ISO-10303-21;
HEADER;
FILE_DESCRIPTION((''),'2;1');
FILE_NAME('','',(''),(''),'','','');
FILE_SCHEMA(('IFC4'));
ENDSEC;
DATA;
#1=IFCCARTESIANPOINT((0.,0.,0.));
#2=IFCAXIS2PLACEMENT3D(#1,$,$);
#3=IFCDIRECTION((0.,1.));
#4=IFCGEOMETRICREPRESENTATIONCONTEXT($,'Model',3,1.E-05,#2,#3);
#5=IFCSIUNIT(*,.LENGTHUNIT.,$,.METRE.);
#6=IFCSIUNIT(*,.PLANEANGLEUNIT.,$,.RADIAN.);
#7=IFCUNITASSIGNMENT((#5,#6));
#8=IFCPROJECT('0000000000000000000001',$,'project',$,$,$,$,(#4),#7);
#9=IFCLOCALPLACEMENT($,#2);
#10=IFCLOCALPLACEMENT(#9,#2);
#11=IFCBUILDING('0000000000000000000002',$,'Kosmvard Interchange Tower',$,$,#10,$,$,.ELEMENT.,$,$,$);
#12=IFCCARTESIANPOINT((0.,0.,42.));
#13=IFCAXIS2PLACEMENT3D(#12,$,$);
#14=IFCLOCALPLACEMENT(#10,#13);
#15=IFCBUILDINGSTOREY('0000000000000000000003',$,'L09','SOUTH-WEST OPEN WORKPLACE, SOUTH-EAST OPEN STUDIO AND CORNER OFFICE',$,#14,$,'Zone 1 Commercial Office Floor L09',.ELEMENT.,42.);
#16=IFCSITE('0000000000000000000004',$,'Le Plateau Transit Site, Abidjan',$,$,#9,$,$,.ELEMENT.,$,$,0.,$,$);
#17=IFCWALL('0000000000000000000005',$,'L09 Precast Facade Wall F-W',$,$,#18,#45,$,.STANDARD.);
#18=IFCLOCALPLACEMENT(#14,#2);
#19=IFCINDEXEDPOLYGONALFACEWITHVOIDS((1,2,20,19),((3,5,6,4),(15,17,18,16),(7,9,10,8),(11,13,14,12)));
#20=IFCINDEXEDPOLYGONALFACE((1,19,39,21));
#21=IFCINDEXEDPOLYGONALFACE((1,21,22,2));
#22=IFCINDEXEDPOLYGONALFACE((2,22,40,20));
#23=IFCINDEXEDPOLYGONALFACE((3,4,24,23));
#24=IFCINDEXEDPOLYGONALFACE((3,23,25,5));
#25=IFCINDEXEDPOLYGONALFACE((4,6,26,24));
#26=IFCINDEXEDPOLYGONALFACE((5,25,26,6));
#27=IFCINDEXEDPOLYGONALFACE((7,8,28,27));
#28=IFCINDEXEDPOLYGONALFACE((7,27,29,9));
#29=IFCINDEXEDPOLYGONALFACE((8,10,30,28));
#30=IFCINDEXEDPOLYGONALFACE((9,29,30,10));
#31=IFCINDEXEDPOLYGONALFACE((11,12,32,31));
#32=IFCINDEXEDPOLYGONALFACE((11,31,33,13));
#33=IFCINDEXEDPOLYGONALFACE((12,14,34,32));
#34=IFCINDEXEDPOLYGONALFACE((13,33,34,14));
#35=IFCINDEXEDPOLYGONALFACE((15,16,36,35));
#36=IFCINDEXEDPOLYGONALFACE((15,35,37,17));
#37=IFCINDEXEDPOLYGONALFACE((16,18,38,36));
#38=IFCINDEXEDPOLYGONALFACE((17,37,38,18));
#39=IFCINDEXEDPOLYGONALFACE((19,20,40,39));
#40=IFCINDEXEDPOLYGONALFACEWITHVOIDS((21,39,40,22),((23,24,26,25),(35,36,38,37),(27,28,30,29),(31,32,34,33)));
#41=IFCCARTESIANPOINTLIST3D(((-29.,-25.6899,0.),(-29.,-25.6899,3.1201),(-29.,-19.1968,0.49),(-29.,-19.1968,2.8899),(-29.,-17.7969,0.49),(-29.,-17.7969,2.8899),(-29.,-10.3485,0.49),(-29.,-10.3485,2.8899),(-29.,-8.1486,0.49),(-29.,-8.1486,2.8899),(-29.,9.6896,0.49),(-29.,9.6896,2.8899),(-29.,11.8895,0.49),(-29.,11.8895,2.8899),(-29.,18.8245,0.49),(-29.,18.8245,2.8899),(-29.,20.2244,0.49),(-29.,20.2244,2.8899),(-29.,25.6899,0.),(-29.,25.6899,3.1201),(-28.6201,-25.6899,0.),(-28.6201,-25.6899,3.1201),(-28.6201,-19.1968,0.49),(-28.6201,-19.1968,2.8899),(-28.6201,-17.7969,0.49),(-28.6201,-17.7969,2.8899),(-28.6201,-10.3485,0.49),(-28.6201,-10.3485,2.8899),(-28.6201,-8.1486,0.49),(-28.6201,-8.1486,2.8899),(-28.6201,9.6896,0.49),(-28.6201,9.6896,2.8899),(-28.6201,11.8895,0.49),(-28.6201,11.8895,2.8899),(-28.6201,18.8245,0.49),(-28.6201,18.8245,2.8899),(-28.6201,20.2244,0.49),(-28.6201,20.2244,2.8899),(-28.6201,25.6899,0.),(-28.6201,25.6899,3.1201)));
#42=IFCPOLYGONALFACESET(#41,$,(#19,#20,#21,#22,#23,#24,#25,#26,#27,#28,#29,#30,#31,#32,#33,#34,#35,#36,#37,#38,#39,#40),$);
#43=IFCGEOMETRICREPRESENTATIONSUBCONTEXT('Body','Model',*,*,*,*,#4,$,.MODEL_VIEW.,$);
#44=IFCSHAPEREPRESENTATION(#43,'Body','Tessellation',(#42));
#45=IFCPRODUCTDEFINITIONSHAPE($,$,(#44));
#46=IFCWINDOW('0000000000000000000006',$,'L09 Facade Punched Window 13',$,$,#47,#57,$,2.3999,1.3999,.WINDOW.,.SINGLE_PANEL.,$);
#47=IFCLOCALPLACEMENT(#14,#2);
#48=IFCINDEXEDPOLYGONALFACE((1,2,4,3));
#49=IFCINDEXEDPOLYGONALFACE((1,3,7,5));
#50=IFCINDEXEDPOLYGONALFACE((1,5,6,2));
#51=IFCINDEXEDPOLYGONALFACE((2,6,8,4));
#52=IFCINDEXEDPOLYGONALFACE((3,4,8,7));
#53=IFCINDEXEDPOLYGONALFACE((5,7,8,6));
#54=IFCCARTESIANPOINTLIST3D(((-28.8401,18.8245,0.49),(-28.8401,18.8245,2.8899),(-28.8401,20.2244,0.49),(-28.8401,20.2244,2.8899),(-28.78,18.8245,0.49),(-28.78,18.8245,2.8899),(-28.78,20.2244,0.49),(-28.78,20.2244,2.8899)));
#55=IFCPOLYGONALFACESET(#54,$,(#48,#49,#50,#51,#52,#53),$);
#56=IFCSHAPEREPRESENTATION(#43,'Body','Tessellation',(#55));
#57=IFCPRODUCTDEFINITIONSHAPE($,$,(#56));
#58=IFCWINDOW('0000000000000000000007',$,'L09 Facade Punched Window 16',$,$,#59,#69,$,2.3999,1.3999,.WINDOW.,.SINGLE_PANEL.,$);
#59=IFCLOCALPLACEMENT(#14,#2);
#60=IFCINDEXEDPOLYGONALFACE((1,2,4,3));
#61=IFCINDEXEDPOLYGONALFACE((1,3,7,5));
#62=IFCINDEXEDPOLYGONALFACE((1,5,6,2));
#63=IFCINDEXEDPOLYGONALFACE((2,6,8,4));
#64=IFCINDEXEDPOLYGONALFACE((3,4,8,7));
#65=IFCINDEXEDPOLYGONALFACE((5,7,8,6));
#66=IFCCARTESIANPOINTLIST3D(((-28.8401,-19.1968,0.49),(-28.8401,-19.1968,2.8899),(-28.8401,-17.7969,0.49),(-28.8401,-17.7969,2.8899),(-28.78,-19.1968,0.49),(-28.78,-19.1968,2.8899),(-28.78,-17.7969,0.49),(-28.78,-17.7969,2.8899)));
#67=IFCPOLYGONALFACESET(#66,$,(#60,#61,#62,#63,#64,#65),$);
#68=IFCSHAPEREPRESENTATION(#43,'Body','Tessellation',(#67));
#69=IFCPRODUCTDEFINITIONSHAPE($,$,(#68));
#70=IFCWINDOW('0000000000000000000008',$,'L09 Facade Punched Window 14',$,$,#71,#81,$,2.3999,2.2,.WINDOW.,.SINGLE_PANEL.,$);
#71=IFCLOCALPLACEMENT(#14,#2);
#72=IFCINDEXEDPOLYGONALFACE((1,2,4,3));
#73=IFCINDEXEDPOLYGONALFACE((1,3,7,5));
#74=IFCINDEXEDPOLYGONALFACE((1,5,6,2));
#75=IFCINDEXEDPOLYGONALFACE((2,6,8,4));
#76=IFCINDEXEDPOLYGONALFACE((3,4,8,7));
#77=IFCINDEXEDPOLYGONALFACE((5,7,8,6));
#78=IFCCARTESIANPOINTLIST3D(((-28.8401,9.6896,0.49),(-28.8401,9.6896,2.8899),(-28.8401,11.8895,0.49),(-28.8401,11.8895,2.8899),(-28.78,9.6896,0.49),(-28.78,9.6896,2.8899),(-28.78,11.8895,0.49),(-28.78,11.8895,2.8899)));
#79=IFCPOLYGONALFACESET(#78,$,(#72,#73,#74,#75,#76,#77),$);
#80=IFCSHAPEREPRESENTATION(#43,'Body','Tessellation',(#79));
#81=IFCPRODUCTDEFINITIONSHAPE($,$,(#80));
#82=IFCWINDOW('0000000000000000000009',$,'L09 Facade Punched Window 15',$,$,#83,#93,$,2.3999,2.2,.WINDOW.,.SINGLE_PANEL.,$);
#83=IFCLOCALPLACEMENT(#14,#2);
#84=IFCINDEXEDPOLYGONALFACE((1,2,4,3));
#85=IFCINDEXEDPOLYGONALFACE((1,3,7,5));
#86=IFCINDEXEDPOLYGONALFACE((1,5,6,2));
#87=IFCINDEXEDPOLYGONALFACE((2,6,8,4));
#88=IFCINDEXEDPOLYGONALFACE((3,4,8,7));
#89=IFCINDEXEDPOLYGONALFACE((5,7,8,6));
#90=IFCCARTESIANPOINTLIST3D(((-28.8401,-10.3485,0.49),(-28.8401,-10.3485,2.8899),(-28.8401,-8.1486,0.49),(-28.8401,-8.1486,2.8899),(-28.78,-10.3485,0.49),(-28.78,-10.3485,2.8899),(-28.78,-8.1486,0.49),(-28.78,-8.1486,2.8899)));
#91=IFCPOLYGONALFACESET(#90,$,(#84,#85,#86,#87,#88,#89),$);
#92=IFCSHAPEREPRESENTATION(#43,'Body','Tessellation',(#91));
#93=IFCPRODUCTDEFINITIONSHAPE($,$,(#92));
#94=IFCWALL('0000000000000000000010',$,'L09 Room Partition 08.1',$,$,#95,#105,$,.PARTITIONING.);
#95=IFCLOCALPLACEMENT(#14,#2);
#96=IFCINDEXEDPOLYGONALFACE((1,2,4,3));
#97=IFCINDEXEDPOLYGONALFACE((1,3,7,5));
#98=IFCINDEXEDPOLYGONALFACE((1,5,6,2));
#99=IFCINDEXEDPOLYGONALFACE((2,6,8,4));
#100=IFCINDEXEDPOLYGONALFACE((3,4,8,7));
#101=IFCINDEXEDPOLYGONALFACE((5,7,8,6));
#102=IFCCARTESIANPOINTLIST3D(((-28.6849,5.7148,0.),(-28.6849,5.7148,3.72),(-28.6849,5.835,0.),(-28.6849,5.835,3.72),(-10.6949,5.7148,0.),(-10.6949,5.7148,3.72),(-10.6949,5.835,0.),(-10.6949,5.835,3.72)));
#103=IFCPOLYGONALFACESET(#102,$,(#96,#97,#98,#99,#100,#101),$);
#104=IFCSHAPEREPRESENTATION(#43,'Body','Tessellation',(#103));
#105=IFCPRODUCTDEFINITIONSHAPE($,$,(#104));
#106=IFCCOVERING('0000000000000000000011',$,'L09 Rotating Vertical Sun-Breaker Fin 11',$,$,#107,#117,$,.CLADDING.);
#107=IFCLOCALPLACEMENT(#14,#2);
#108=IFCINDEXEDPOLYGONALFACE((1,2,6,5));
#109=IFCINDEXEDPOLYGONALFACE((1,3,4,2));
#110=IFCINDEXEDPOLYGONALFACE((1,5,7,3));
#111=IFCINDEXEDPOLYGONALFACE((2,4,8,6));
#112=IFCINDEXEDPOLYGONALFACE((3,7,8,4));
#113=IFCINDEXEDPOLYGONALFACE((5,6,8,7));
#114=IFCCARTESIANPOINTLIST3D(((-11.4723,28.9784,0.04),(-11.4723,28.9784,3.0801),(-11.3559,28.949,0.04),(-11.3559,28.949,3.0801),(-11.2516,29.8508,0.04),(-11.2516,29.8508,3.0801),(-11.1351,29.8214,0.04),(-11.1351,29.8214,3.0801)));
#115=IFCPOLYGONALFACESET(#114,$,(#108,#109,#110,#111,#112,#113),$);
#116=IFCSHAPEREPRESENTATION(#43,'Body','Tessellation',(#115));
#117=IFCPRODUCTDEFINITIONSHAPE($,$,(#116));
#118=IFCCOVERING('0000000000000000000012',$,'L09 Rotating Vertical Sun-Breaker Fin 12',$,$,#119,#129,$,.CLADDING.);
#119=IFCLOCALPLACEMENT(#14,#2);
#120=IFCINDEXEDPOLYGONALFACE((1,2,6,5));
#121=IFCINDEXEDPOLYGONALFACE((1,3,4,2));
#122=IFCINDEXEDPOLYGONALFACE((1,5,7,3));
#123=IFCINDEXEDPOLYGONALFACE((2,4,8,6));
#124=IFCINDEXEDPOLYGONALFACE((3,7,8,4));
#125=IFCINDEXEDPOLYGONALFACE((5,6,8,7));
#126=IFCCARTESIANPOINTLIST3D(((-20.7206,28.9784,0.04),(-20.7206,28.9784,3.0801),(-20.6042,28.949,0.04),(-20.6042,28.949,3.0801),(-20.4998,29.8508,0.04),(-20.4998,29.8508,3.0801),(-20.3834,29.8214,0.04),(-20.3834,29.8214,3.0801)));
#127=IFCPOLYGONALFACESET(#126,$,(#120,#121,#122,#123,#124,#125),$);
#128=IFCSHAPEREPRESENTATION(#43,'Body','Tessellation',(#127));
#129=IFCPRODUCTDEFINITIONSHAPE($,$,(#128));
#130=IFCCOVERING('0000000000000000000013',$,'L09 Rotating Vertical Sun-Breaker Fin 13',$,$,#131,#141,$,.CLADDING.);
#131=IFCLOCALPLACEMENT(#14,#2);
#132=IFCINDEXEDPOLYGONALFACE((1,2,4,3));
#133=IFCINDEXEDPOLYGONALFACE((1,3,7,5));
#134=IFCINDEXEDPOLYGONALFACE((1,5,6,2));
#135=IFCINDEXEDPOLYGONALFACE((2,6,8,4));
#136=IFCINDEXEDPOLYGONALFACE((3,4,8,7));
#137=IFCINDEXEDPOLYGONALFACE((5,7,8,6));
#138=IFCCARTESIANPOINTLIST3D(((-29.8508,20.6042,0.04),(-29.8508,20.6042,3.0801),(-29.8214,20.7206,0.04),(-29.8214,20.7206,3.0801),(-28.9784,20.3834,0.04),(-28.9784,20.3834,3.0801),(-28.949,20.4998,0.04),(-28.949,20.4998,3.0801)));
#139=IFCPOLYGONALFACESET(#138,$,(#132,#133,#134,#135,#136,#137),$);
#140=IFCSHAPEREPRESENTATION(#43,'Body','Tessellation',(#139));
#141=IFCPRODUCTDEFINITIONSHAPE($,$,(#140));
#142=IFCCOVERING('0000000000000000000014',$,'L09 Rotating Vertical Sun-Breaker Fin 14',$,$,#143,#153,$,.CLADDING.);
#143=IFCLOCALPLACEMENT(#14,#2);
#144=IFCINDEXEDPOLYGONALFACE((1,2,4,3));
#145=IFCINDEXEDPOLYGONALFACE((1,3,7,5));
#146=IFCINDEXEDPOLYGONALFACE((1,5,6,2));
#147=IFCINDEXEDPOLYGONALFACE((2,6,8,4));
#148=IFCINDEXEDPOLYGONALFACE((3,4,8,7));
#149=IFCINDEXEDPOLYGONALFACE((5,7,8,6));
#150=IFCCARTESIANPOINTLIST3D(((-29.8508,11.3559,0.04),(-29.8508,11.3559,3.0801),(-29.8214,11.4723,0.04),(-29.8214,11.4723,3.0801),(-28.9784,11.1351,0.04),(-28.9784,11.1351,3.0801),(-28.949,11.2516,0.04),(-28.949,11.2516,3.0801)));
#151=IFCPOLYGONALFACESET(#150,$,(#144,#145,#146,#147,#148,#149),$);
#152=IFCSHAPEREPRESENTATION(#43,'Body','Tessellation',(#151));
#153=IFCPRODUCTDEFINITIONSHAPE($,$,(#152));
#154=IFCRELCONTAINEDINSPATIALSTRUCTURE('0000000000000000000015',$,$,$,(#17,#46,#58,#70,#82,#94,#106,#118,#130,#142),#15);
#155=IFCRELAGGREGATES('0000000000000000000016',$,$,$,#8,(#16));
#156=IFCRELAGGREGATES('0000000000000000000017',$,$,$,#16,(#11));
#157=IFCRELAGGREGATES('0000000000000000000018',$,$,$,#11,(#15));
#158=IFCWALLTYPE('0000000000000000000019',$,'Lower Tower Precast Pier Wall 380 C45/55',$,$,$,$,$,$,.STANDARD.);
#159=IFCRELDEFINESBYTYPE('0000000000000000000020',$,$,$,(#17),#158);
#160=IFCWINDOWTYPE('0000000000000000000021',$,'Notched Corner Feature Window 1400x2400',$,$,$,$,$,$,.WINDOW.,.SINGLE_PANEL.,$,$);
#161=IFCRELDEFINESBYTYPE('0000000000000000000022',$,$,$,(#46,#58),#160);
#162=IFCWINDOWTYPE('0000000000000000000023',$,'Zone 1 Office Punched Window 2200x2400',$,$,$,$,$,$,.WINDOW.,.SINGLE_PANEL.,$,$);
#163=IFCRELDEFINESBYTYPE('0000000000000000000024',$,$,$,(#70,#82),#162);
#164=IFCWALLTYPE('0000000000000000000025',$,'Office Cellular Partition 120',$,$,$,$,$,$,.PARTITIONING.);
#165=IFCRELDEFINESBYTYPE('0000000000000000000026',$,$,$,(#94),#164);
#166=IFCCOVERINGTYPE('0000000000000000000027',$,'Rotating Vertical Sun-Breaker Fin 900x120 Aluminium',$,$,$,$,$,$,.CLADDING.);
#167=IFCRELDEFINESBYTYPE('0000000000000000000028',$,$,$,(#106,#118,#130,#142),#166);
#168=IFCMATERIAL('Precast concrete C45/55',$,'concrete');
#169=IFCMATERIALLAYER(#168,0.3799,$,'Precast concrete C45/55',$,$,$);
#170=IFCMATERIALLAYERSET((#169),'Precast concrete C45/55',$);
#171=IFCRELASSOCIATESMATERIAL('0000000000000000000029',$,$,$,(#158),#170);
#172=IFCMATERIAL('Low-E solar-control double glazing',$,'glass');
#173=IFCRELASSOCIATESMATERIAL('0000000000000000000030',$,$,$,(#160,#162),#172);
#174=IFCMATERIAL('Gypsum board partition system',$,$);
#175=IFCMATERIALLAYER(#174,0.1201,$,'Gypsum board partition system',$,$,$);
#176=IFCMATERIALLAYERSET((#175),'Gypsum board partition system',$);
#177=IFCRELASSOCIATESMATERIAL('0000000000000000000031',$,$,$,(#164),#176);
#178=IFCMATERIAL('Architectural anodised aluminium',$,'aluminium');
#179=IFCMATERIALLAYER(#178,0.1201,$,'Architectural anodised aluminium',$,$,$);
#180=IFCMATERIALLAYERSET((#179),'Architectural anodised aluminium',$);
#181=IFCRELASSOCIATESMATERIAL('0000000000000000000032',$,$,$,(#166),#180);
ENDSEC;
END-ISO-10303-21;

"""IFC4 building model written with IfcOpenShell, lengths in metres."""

from ifc_helpers import new_model, si_unit, direction, frame, frame_2d, origin, origin_2d, place, context, subcontext, project, spatial, rectangle, extrude, source, transform, mapped, material, layer, layer_set, type_object, element, fill, save


model = new_model("IFC4")

# Units and contexts
model_context = context("Model", 3, precision=1e-05, world=origin(), true_north=direction((0.0, 1.0)))
body_context = subcontext(model_context, "Body", "Model", "MODEL_VIEW")
ifc_project = project(units=[si_unit("LENGTHUNIT", "METRE"), si_unit("PLANEANGLEUNIT", "RADIAN")], contexts=[model_context])

# Site, building, storey
site_placement = place(None, origin())
site = spatial("IfcSite", under=ifc_project, at=site_placement, Name="Le Plateau Transit Site, Abidjan", CompositionType="ELEMENT", RefElevation=0.0)
building_placement = place(site_placement, origin())
building = spatial("IfcBuilding", under=site, at=building_placement, Name="Kosmvard Interchange Tower", CompositionType="ELEMENT")
storey_placement = place(building_placement, frame((0.0, 0.0, 42.0)))
storey = spatial("IfcBuildingStorey", under=building, at=storey_placement, Name="L09", Description="SOUTH-WEST OPEN WORKPLACE, SOUTH-EAST OPEN STUDIO AND CORNER OFFICE", LongName="Zone 1 Commercial Office Floor L09", CompositionType="ELEMENT", Elevation=42.0)

# Shared definitions
ifc_material_1 = material(Name="Precast concrete C45/55", Category="concrete")

# Shared definitions
ifc_layer_1 = layer(ifc_material_1, 0.3799, Name="Precast concrete C45/55")
ifc_layer_set_1 = layer_set([ifc_layer_1], Name="Precast concrete C45/55")
wall_type_1 = type_object("IfcWallType", Name="Lower Tower Precast Pier Wall 380 C45/55", PredefinedType="STANDARD", material=ifc_layer_set_1)

# Wall, openings, windows
wall_1_placement = place(storey_placement, frame((-28.8101, 25.6899, 0.0), z_axis=(0.0, 0.0, 1.0), x_axis=(0.0, -1.0, 0.0)))
wall_1 = element("IfcWall", 1, at=wall_1_placement, inside=storey, type_object=wall_type_1, Name="L09 Precast Facade Wall F-W", PredefinedType="STANDARD", context=body_context, shape_type="SweptSolid", body=[
    extrude(rectangle(XDim=51.3799, YDim=0.3799, at=frame_2d((25.6899, 0.0))), origin(), (0.0, 0.0, 1.0), 3.1201),
])
opening_1_placement = place(wall_1_placement, frame((5.4656, 0.0, 0.49)))
opening_1 = element("IfcOpeningElement", 2, at=opening_1_placement, cuts=wall_1, PredefinedType="OPENING", context=body_context, shape_type="SweptSolid", body=[
    extrude(rectangle(XDim=1.3999, YDim=2.3999, at=frame_2d((0.7, 1.2))), frame((0.0, 0.2, 0.0), z_axis=(0.0, -1.0, 0.0), x_axis=(1.0, 0.0, 0.0)), (0.0, 0.0, 1.0), 0.3999),
])
opening_2_placement = place(wall_1_placement, frame((13.8003, 0.0, 0.49)))
opening_2 = element("IfcOpeningElement", 3, at=opening_2_placement, cuts=wall_1, PredefinedType="OPENING", context=body_context, shape_type="SweptSolid", body=[
    extrude(rectangle(XDim=2.2, YDim=2.3999, at=frame_2d((1.1001, 1.2))), frame((0.0, 0.2, 0.0), z_axis=(0.0, -1.0, 0.0), x_axis=(1.0, 0.0, 0.0)), (0.0, 0.0, 1.0), 0.3999),
])
opening_3_placement = place(wall_1_placement, frame((33.8384, 0.0, 0.49)))
opening_3 = element("IfcOpeningElement", 4, at=opening_3_placement, cuts=wall_1, PredefinedType="OPENING", context=body_context, shape_type="SweptSolid", body=[
    extrude(rectangle(XDim=2.2, YDim=2.3999, at=frame_2d((1.1001, 1.2))), frame((0.0, 0.2, 0.0), z_axis=(0.0, -1.0, 0.0), x_axis=(1.0, 0.0, 0.0)), (0.0, 0.0, 1.0), 0.3999),
])
opening_4_placement = place(wall_1_placement, frame((43.4868, 0.0, 0.49)))
opening_4 = element("IfcOpeningElement", 5, at=opening_4_placement, cuts=wall_1, PredefinedType="OPENING", context=body_context, shape_type="SweptSolid", body=[
    extrude(rectangle(XDim=1.3999, YDim=2.3999, at=frame_2d((0.7, 1.2))), frame((0.0, 0.2, 0.0), z_axis=(0.0, -1.0, 0.0), x_axis=(1.0, 0.0, 0.0)), (0.0, 0.0, 1.0), 0.3999),
])
ifc_material_2 = material(Name="Low-E solar-control double glazing", Category="glass")
window_type_1 = type_object("IfcWindowType", Name="Notched Corner Feature Window 1400x2400", PartitioningType="SINGLE_PANEL", PredefinedType="WINDOW", material=ifc_material_2)
shared_shape_1 = source(origin(), body_context, "Body", "SweptSolid", [
    extrude(rectangle(XDim=1.3999, YDim=2.3999, at=frame_2d((0.7, 1.2))), frame((0.0, 0.03, 0.0), z_axis=(0.0, -1.0, 0.0), x_axis=(1.0, 0.0, 0.0)), (0.0, 0.0, 1.0), 0.0601),
])
window_1_placement = place(opening_1_placement, origin())
window_1 = element("IfcWindow", 6, at=window_1_placement, inside=storey, type_object=window_type_1, Name="L09 Facade Punched Window 13", OverallHeight=2.3999, OverallWidth=1.3999, PartitioningType="SINGLE_PANEL", PredefinedType="WINDOW", context=body_context, shape_type="MappedRepresentation", body=[
    mapped(shared_shape_1, transform((0.0, 0.0, 0.0), scale=1.0)),
])
fill(opening_1, window_1)
window_2_placement = place(opening_4_placement, origin())
window_2 = element("IfcWindow", 7, at=window_2_placement, inside=storey, type_object=window_type_1, Name="L09 Facade Punched Window 16", OverallHeight=2.3999, OverallWidth=1.3999, PartitioningType="SINGLE_PANEL", PredefinedType="WINDOW", context=body_context, shape_type="MappedRepresentation", body=[
    mapped(shared_shape_1, transform((0.0, 0.0, 0.0), scale=1.0)),
])
fill(opening_4, window_2)
window_type_2 = type_object("IfcWindowType", Name="Zone 1 Office Punched Window 2200x2400", PartitioningType="SINGLE_PANEL", PredefinedType="WINDOW", material=ifc_material_2)
shared_shape_2 = source(origin(), body_context, "Body", "SweptSolid", [
    extrude(rectangle(XDim=2.2, YDim=2.3999, at=frame_2d((1.1001, 1.2))), frame((0.0, 0.03, 0.0), z_axis=(0.0, -1.0, 0.0), x_axis=(1.0, 0.0, 0.0)), (0.0, 0.0, 1.0), 0.0601),
])
window_3_placement = place(opening_2_placement, origin())
window_3 = element("IfcWindow", 8, at=window_3_placement, inside=storey, type_object=window_type_2, Name="L09 Facade Punched Window 14", OverallHeight=2.3999, OverallWidth=2.2, PartitioningType="SINGLE_PANEL", PredefinedType="WINDOW", context=body_context, shape_type="MappedRepresentation", body=[
    mapped(shared_shape_2, transform((0.0, 0.0, 0.0), scale=1.0)),
])
fill(opening_2, window_3)
window_4_placement = place(opening_3_placement, origin())
window_4 = element("IfcWindow", 9, at=window_4_placement, inside=storey, type_object=window_type_2, Name="L09 Facade Punched Window 15", OverallHeight=2.3999, OverallWidth=2.2, PartitioningType="SINGLE_PANEL", PredefinedType="WINDOW", context=body_context, shape_type="MappedRepresentation", body=[
    mapped(shared_shape_2, transform((0.0, 0.0, 0.0), scale=1.0)),
])
fill(opening_3, window_4)

# Wall
ifc_material_3 = material(Name="Gypsum board partition system")
ifc_layer_2 = layer(ifc_material_3, 0.1201, Name="Gypsum board partition system")
ifc_layer_set_2 = layer_set([ifc_layer_2], Name="Gypsum board partition system")
wall_type_2 = type_object("IfcWallType", Name="Office Cellular Partition 120", PredefinedType="PARTITIONING", material=ifc_layer_set_2)
wall_2_placement = place(storey_placement, frame((-28.6851, 5.7749, 0.0), z_axis=(0.0, 0.0, 1.0), x_axis=(1.0, 0.0, 0.0)))
element("IfcWall", 10, at=wall_2_placement, inside=storey, type_object=wall_type_2, Name="L09 Room Partition 08.1", PredefinedType="PARTITIONING", context=body_context, shape_type="SweptSolid", body=[
    extrude(rectangle(XDim=17.99, YDim=0.1201, at=frame_2d((8.9951, 0.0))), origin(), (0.0, 0.0, 1.0), 3.72),
])

# Coverings
ifc_material_4 = material(Name="Architectural anodised aluminium", Category="aluminium")
ifc_layer_3 = layer(ifc_material_4, 0.1201, Name="Architectural anodised aluminium")
ifc_layer_set_3 = layer_set([ifc_layer_3], Name="Architectural anodised aluminium")
covering_type = type_object("IfcCoveringType", Name="Rotating Vertical Sun-Breaker Fin 900x120 Aluminium", PredefinedType="CLADDING", material=ifc_layer_set_3)
shared_shape_3 = source(origin(), body_context, "Body", "SweptSolid", [
    extrude(rectangle(XDim=0.8999, YDim=0.1201, at=origin_2d()), origin(), (0.0, 0.0, 1.0), 3.04),
])
for number, where, z_axis, x_axis, name in (
    (11, (-11.3037, 29.3999, 0.04), (0.0, 0.0, 1.0), (0.245307, 0.969445, 0.0), "L09 Rotating Vertical Sun-Breaker Fin 11"),
    (12, (-20.552, 29.3999, 0.04), (0.0, 0.0, 1.0), (0.245307, 0.969445, 0.0), "L09 Rotating Vertical Sun-Breaker Fin 12"),
    (13, (-29.3999, 20.552, 0.04), (0.0, 0.0, 1.0), (-0.969445, 0.245307, 0.0), "L09 Rotating Vertical Sun-Breaker Fin 13"),
    (14, (-29.3999, 11.3037, 0.04), (0.0, 0.0, 1.0), (-0.969445, 0.245307, 0.0), "L09 Rotating Vertical Sun-Breaker Fin 14"),
):
    element("IfcCovering", number, at=place(storey_placement, frame(where, z_axis=z_axis, x_axis=x_axis)), inside=storey, type_object=covering_type, Name=name, PredefinedType="CLADDING", context=body_context, shape_type="MappedRepresentation", body=[
        mapped(shared_shape_3, transform((0.0, 0.0, 0.0), scale=1.0)),
    ])

save(model, "model.ifc")
